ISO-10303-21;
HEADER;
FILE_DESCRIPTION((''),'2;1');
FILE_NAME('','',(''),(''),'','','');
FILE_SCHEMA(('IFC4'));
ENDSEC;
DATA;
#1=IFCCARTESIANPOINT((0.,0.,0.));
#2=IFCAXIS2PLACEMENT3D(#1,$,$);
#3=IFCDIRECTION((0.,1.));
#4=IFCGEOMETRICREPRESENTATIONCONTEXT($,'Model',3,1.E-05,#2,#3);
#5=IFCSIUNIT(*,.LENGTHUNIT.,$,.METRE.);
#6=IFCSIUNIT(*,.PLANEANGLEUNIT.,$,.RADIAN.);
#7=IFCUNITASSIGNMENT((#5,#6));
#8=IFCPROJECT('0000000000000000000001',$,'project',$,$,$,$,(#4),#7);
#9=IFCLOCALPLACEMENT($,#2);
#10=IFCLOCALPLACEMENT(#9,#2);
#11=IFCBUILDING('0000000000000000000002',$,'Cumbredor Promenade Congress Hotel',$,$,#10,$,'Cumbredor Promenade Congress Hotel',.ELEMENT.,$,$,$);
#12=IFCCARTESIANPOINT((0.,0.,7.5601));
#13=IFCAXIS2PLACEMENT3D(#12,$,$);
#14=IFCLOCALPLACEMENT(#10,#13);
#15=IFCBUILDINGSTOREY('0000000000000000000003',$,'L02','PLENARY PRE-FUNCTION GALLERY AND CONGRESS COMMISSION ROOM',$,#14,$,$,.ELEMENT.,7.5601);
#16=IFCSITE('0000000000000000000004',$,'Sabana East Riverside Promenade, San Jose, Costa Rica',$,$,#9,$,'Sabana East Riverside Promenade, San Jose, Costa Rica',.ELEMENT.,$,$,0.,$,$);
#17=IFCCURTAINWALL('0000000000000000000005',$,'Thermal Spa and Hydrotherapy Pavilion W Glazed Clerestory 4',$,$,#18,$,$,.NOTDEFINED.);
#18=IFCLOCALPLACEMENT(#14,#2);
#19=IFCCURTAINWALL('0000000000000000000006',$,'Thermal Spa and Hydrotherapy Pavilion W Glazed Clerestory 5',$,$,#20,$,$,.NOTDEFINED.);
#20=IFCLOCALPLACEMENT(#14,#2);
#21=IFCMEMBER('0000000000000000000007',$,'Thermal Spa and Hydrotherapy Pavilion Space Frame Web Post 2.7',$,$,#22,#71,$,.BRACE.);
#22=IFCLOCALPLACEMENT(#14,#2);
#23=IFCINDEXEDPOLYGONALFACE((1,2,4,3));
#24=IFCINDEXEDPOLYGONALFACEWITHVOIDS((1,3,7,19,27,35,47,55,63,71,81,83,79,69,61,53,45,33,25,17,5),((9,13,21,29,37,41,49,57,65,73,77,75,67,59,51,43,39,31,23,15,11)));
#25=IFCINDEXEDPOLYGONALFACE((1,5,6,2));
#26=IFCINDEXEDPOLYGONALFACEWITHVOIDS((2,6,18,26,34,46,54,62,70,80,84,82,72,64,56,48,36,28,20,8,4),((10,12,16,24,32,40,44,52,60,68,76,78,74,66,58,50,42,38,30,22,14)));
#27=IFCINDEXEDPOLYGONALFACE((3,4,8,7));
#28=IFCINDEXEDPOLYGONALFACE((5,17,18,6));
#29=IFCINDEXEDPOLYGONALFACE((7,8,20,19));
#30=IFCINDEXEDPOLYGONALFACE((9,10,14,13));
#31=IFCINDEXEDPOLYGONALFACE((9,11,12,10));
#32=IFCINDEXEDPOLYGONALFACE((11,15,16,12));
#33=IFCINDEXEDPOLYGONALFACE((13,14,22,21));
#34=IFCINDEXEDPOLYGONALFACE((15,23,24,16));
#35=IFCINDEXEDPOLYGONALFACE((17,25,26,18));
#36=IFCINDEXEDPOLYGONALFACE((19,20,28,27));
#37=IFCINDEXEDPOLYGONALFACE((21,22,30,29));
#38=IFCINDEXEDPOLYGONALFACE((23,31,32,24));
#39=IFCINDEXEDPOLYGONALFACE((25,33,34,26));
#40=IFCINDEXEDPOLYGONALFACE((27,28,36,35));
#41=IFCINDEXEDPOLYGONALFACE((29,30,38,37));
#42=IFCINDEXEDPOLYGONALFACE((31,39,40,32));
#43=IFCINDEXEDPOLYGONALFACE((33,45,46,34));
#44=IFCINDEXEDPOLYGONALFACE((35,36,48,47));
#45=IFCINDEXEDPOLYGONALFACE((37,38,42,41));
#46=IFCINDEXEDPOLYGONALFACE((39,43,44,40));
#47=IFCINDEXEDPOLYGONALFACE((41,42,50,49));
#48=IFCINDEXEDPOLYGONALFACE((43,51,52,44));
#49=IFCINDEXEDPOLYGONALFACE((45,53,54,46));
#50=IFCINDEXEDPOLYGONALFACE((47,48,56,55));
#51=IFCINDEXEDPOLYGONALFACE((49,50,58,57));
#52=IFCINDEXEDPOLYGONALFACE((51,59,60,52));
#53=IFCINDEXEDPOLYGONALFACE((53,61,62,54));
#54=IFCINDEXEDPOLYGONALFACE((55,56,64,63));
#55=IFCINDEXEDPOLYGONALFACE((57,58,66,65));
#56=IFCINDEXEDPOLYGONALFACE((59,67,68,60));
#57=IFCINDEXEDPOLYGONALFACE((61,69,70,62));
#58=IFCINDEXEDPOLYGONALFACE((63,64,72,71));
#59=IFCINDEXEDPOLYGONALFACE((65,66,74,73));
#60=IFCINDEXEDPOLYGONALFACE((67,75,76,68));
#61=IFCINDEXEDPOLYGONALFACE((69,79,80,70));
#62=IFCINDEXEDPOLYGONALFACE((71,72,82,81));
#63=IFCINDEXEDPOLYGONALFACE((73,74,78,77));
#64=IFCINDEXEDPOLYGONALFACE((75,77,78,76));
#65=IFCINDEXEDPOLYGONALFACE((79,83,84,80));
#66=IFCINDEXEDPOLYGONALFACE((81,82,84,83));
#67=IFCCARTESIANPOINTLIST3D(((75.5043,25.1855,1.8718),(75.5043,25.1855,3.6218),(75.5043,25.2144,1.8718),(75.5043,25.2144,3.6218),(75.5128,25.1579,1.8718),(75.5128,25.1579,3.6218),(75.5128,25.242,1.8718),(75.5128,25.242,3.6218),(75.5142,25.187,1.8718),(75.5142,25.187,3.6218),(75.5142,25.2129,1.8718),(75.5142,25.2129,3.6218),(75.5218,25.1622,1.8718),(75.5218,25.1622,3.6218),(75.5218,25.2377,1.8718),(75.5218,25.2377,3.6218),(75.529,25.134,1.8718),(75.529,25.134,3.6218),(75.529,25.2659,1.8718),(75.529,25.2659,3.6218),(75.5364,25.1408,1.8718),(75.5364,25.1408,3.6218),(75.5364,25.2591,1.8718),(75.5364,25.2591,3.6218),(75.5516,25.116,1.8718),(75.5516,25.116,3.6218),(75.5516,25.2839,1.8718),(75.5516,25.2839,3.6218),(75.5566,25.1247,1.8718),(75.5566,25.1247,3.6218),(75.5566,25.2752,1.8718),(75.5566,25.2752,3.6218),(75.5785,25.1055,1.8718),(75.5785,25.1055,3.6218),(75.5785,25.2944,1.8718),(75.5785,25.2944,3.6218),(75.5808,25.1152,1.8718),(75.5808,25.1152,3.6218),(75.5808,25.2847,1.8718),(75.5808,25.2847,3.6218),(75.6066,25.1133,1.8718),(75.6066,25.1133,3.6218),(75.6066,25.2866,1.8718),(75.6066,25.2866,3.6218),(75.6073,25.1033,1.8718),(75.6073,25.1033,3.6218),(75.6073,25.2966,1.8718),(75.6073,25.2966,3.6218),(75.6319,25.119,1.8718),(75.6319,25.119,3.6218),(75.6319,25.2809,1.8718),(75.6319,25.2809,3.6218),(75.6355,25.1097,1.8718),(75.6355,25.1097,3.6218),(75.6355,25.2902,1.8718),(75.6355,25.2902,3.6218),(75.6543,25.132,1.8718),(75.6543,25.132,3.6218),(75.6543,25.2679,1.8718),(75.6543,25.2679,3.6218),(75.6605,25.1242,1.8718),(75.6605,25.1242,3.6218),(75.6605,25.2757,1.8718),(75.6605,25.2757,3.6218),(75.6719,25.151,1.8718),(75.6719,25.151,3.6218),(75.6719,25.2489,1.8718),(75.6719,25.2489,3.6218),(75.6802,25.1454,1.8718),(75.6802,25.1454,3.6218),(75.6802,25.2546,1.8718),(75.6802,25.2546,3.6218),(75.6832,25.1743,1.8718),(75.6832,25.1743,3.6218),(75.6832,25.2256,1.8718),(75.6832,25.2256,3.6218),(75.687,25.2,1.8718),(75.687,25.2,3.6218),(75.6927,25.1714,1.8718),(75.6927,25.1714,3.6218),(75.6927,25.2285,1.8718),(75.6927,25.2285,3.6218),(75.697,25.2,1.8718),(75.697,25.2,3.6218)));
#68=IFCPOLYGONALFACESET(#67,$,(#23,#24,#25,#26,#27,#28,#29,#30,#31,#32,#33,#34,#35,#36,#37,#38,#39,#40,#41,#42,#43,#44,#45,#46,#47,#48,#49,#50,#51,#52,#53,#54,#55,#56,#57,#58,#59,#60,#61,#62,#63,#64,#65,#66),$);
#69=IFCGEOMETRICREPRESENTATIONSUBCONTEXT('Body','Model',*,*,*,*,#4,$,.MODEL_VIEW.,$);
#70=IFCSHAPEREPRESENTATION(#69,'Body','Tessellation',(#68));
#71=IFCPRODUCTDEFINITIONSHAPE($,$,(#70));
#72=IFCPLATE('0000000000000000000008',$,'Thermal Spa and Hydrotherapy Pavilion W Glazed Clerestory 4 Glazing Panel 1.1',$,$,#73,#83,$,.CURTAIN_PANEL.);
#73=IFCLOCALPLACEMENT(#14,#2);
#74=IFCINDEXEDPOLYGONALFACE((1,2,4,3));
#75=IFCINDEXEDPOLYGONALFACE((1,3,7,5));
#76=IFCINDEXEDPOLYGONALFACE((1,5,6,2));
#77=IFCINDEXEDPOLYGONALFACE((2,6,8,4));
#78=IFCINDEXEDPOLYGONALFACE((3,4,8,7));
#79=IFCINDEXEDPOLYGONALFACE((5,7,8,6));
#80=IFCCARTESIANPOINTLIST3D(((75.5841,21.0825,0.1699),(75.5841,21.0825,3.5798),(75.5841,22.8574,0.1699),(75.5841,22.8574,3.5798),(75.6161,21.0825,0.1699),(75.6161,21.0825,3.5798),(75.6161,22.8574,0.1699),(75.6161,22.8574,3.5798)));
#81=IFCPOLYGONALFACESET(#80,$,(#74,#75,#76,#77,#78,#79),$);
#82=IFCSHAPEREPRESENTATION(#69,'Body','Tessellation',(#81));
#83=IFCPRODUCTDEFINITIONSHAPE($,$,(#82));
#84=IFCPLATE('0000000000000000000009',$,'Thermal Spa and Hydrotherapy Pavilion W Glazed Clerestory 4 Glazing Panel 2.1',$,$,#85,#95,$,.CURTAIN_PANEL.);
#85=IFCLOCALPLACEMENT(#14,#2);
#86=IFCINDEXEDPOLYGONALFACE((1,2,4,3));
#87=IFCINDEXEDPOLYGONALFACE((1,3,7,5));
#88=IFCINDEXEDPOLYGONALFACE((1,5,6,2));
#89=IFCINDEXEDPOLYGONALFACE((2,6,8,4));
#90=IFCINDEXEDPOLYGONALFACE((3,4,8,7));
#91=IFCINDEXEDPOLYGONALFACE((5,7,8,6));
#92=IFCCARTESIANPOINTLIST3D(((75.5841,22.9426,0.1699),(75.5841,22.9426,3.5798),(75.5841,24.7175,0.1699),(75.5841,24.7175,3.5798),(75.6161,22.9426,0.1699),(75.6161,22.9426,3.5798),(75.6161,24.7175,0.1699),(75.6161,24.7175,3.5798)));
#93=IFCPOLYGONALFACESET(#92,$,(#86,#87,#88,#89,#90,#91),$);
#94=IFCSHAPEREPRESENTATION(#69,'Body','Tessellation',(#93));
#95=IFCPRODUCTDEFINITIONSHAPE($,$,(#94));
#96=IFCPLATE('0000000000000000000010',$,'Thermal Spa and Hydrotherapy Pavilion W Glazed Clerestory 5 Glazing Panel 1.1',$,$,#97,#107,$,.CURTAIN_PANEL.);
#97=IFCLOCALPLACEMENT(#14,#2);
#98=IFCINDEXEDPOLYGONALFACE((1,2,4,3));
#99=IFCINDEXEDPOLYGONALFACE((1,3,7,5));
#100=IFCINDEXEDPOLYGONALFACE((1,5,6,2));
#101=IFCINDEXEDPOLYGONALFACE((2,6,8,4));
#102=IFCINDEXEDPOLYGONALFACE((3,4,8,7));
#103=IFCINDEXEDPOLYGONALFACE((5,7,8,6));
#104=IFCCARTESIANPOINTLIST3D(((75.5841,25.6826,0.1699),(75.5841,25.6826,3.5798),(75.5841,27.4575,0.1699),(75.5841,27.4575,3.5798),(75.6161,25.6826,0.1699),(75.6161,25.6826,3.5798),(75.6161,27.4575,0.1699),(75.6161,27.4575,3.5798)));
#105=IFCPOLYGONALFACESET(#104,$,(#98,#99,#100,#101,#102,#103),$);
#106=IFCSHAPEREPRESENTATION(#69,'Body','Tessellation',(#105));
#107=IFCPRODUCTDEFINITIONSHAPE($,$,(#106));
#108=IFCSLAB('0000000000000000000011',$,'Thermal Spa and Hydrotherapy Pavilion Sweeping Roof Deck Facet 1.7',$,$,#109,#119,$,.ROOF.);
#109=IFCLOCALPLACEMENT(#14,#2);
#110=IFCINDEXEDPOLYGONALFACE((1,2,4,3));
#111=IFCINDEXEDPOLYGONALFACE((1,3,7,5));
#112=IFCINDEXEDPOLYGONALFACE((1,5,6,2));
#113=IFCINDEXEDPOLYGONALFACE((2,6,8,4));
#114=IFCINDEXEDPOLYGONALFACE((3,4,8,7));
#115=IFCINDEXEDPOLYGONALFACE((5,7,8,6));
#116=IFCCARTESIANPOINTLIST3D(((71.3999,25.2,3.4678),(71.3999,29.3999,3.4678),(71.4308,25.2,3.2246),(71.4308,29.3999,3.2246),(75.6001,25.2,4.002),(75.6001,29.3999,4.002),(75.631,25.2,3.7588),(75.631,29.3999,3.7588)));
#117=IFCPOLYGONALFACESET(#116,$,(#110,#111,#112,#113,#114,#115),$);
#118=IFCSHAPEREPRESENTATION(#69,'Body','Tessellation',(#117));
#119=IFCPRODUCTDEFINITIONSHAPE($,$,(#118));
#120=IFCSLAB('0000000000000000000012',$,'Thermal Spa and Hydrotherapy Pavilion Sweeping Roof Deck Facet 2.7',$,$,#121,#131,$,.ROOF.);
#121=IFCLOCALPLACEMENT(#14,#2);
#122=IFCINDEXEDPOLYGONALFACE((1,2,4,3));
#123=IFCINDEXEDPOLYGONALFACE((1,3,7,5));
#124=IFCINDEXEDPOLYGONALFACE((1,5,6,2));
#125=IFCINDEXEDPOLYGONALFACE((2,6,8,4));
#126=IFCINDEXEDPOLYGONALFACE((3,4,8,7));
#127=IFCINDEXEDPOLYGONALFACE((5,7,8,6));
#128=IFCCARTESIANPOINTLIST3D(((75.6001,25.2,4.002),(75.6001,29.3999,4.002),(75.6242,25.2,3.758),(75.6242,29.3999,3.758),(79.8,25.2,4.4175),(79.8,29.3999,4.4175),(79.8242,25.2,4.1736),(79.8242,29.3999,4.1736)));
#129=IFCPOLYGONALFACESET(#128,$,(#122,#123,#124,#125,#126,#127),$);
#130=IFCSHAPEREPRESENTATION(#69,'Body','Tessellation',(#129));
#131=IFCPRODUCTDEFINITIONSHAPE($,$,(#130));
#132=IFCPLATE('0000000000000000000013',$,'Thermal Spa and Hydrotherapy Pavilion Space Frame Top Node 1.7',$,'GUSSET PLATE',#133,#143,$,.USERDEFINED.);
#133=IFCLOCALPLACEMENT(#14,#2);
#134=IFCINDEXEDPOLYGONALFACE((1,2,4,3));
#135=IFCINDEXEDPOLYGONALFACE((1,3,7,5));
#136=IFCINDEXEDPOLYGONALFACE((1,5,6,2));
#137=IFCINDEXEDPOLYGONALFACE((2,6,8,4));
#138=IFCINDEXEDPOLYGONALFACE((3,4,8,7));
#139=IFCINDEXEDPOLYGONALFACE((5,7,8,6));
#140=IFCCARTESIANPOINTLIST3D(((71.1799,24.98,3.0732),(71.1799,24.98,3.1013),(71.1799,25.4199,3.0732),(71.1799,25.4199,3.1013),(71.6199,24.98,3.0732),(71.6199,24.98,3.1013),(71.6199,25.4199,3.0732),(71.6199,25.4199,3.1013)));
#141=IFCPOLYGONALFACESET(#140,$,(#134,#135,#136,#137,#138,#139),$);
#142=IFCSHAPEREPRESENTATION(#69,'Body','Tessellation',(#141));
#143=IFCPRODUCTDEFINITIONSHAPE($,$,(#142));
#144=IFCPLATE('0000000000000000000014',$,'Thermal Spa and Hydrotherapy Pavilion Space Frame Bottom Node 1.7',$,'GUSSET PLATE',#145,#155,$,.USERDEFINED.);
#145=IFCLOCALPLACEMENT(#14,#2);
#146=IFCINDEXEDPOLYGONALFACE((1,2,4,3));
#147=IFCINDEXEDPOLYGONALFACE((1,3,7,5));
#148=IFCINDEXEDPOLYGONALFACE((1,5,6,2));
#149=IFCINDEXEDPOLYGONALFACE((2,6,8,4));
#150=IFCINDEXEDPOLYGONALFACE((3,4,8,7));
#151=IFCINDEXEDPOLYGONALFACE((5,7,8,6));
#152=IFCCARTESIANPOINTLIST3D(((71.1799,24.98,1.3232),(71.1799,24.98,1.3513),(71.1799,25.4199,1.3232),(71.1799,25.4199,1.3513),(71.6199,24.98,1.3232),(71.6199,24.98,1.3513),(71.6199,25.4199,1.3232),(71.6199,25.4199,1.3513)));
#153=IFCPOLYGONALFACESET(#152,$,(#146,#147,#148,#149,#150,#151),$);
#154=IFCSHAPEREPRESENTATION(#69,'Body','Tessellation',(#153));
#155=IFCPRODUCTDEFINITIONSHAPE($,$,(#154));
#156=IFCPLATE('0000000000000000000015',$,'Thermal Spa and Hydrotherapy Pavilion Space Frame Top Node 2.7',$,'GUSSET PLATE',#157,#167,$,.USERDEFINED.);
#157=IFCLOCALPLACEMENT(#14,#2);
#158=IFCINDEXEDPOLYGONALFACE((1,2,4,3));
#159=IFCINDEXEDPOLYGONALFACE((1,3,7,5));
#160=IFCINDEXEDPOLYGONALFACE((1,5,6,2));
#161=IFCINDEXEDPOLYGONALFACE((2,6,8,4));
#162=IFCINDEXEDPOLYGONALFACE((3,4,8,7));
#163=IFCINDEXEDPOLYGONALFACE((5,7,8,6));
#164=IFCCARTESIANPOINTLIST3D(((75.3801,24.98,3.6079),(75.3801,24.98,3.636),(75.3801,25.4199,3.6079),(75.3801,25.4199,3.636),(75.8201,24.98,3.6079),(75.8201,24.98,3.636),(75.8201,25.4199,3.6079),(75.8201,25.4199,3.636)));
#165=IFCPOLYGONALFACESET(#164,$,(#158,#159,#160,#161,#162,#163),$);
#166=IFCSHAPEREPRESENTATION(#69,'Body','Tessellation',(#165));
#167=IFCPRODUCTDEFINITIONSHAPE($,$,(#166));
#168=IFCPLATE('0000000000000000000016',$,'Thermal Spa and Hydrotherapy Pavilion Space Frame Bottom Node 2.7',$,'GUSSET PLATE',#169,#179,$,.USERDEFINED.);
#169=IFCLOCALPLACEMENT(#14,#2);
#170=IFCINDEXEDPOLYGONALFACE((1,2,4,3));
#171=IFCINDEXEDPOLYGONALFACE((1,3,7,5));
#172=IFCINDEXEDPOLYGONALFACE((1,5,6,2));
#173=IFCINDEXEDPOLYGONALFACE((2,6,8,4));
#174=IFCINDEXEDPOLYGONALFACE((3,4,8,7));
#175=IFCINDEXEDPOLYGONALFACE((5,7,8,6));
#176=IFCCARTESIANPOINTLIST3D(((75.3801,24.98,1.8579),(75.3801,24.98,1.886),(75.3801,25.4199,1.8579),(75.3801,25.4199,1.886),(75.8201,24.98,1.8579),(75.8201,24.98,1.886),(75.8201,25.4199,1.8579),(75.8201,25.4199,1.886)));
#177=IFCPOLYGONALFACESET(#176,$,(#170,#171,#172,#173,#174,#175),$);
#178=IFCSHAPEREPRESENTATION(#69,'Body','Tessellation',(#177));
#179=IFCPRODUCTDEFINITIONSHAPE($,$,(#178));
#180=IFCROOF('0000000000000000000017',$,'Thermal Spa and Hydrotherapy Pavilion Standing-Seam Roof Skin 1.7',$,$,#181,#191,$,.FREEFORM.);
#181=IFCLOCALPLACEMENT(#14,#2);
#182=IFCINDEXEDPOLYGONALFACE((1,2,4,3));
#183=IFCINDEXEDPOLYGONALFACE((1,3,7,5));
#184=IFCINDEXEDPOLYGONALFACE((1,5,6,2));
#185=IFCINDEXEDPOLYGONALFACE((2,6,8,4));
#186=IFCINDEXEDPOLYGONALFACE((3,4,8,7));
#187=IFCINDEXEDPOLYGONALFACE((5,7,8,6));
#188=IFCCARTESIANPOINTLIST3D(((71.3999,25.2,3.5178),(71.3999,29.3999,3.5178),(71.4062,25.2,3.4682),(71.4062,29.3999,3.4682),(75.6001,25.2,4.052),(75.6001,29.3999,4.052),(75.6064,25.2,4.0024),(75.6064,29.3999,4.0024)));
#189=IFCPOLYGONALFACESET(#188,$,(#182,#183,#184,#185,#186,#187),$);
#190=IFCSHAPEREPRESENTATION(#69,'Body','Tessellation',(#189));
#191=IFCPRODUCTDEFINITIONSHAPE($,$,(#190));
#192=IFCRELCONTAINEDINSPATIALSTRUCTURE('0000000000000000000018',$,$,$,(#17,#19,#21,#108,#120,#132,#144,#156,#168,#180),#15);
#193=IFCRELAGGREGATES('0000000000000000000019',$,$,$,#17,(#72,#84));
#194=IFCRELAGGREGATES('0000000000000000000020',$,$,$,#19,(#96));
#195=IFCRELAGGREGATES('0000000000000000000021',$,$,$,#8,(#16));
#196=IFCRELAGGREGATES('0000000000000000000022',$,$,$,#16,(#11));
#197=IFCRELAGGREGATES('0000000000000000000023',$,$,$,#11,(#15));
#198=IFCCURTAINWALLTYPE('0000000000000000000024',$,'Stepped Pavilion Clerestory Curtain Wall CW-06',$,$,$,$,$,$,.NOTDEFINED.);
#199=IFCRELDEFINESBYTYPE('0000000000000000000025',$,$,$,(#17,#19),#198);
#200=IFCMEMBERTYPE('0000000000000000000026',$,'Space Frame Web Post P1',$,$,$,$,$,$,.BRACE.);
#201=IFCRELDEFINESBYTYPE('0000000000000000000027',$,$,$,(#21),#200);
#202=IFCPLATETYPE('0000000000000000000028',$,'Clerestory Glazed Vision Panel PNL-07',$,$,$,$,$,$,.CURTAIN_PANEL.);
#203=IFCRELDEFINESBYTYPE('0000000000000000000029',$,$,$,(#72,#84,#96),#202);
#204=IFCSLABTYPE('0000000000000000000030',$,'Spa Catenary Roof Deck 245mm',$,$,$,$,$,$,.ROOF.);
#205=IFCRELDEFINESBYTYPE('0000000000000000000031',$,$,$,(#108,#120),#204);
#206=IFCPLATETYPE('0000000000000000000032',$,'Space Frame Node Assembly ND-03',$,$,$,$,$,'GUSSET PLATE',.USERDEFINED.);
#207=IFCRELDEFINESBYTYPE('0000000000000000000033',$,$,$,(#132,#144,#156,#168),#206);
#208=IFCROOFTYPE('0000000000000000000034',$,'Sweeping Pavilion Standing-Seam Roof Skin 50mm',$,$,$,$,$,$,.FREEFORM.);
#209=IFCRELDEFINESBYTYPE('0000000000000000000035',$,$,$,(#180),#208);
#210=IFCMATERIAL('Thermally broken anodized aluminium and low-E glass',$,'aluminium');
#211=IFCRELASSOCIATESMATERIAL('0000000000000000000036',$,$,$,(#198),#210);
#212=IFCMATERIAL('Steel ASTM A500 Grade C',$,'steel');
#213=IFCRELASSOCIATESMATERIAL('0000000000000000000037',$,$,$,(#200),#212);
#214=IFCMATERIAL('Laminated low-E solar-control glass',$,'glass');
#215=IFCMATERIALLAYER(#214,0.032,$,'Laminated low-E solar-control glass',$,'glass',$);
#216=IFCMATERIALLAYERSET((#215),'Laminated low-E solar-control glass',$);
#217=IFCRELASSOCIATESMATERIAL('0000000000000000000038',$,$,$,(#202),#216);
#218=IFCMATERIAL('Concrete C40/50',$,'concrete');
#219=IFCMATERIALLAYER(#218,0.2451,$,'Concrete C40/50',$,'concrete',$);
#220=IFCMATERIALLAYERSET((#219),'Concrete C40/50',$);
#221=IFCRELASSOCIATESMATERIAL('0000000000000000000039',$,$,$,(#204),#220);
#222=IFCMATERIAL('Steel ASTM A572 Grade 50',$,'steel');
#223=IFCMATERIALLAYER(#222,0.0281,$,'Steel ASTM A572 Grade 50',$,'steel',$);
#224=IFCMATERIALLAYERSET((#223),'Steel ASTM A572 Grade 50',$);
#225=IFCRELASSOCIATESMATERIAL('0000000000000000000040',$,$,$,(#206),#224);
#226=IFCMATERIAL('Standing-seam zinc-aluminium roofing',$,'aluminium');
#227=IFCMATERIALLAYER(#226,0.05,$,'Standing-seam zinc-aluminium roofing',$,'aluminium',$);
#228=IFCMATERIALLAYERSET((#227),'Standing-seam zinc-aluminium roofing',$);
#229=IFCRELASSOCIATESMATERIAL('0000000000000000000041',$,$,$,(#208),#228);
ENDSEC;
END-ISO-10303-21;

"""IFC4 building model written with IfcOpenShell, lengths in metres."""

from ifc_helpers import new_model, si_unit, direction, frame, origin, origin_2d, place, context, subcontext, project, spatial, polyline, rectangle, hollow_circle, outline, extrude, material, layer, layer_set, material_profile, profile_set, type_object, element, aggregate, save


model = new_model("IFC4")

# Units and contexts
model_context = context("Model", 3, precision=1e-05, world=origin(), true_north=direction((0.0, 1.0)))
body_context = subcontext(model_context, "Body", "Model", "MODEL_VIEW")
ifc_project = project(units=[si_unit("LENGTHUNIT", "METRE"), si_unit("PLANEANGLEUNIT", "RADIAN")], contexts=[model_context])

# Site, building, storey
site_placement = place(None, origin())
site = spatial("IfcSite", under=ifc_project, at=site_placement, Name="Sabana East Riverside Promenade, San Jose, Costa Rica", LongName="Sabana East Riverside Promenade, San Jose, Costa Rica", CompositionType="ELEMENT", RefElevation=0.0)
building_placement = place(site_placement, origin())
building = spatial("IfcBuilding", under=site, at=building_placement, Name="Cumbredor Promenade Congress Hotel", LongName="Cumbredor Promenade Congress Hotel", CompositionType="ELEMENT")
storey_placement = place(building_placement, frame((0.0, 0.0, 7.5601)))
storey = spatial("IfcBuildingStorey", under=building, at=storey_placement, Name="L02", Description="PLENARY PRE-FUNCTION GALLERY AND CONGRESS COMMISSION ROOM", CompositionType="ELEMENT", Elevation=7.5601)

# Curtain walls
ifc_material_1 = material(Name="Thermally broken anodized aluminium and low-E glass", Category="aluminium")
curtain_wall_type = type_object("IfcCurtainWallType", Name="Stepped Pavilion Clerestory Curtain Wall CW-06", PredefinedType="NOTDEFINED", material=ifc_material_1)
curtain_wall_1_placement = place(storey_placement, origin())
curtain_wall_1 = element("IfcCurtainWall", 1, at=curtain_wall_1_placement, inside=storey, type_object=curtain_wall_type, Name="Thermal Spa and Hydrotherapy Pavilion W Glazed Clerestory 4", PredefinedType="NOTDEFINED")
curtain_wall_2_placement = place(storey_placement, origin())
curtain_wall_2 = element("IfcCurtainWall", 2, at=curtain_wall_2_placement, inside=storey, type_object=curtain_wall_type, Name="Thermal Spa and Hydrotherapy Pavilion W Glazed Clerestory 5", PredefinedType="NOTDEFINED")

# Member
ifc_material_2 = material(Name="Steel ASTM A500 Grade C", Category="steel")
ifc_material_profile_1 = material_profile(ifc_material_2, hollow_circle(Radius=0.0969, WallThickness=0.01, at=origin_2d()), Name="CHS 193.7x10")
ifc_profile_set_1 = profile_set([ifc_material_profile_1], Name="Steel ASTM A500 Grade C")
member_type_1 = type_object("IfcMemberType", Name="Space Frame Web Post P1", PredefinedType="BRACE", material=ifc_profile_set_1)
for number, where, z_axis, x_axis, name in (
    (3, (75.6001, 25.2, 1.8718), (0.0, 0.0, 1.0), (1.0, 0.0, 0.0), "Thermal Spa and Hydrotherapy Pavilion Space Frame Web Post 2.7"),
):
    element("IfcMember", number, at=place(storey_placement, frame(where, z_axis=z_axis, x_axis=x_axis)), inside=storey, type_object=member_type_1, Name=name, PredefinedType="BRACE", context=body_context, shape_type="SweptSolid", body=[
        extrude(hollow_circle(Radius=0.0969, WallThickness=0.01, at=origin_2d()), origin(), (0.0, 0.0, 1.0), 1.75),
    ])

# Plates
ifc_material_3 = material(Name="Laminated low-E solar-control glass", Category="glass")
ifc_layer_1 = layer(ifc_material_3, 0.032, Name="Laminated low-E solar-control glass", Category="glass")
ifc_layer_set_1 = layer_set([ifc_layer_1], Name="Laminated low-E solar-control glass")
plate_type_1 = type_object("IfcPlateType", Name="Clerestory Glazed Vision Panel PNL-07", PredefinedType="CURTAIN_PANEL", material=ifc_layer_set_1)
plate_1_placement = place(storey_placement, frame((75.6001, 21.97, 0.1699), z_axis=(0.0, 0.0, 1.0), x_axis=(0.0, 1.0, 0.0)))
plate_1 = element("IfcPlate", 4, at=plate_1_placement, type_object=plate_type_1, Name="Thermal Spa and Hydrotherapy Pavilion W Glazed Clerestory 4 Glazing Panel 1.1", PredefinedType="CURTAIN_PANEL", context=body_context, shape_type="SweptSolid", body=[
    extrude(rectangle(XDim=1.7749, YDim=0.032, at=origin_2d()), origin(), (0.0, 0.0, 1.0), 3.4099),
])
plate_2_placement = place(storey_placement, frame((75.6001, 23.8301, 0.1699), z_axis=(0.0, 0.0, 1.0), x_axis=(0.0, 1.0, 0.0)))
plate_2 = element("IfcPlate", 5, at=plate_2_placement, type_object=plate_type_1, Name="Thermal Spa and Hydrotherapy Pavilion W Glazed Clerestory 4 Glazing Panel 2.1", PredefinedType="CURTAIN_PANEL", context=body_context, shape_type="SweptSolid", body=[
    extrude(rectangle(XDim=1.7749, YDim=0.032, at=origin_2d()), origin(), (0.0, 0.0, 1.0), 3.4099),
])
aggregate(curtain_wall_1, [plate_1, plate_2])
plate_3_placement = place(storey_placement, frame((75.6001, 26.5701, 0.1699), z_axis=(0.0, 0.0, 1.0), x_axis=(0.0, 1.0, 0.0)))
plate_3 = element("IfcPlate", 6, at=plate_3_placement, type_object=plate_type_1, Name="Thermal Spa and Hydrotherapy Pavilion W Glazed Clerestory 5 Glazing Panel 1.1", PredefinedType="CURTAIN_PANEL", context=body_context, shape_type="SweptSolid", body=[
    extrude(rectangle(XDim=1.7749, YDim=0.032, at=origin_2d()), origin(), (0.0, 0.0, 1.0), 3.4099),
])
aggregate(curtain_wall_2, [plate_3])

# Slabs
ifc_material_4 = material(Name="Concrete C40/50", Category="concrete")
ifc_layer_2 = layer(ifc_material_4, 0.2451, Name="Concrete C40/50", Category="concrete")
ifc_layer_set_2 = layer_set([ifc_layer_2], Name="Concrete C40/50")
slab_type = type_object("IfcSlabType", Name="Spa Catenary Roof Deck 245mm", PredefinedType="ROOF", material=ifc_layer_set_2)
slab_1_placement = place(storey_placement, frame((71.3999, 25.2, 3.4678), z_axis=(-0.126163, 0.0, 0.992009), x_axis=(0.992009, 0.0, 0.126163)))
element("IfcSlab", 7, at=slab_1_placement, inside=storey, type_object=slab_type, Name="Thermal Spa and Hydrotherapy Pavilion Sweeping Roof Deck Facet 1.7", PredefinedType="ROOF", context=body_context, shape_type="SweptSolid", body=[
    extrude(outline(polyline([(0.0, 0.0), (4.234, 0.0), (4.234, 4.2), (0.0, 4.2), (0.0, 0.0)])), origin(), (0.0, 0.0, -1.0), 0.2451),
])
slab_2_placement = place(storey_placement, frame((75.6001, 25.2, 4.002), z_axis=(-0.098456, 0.0, 0.995141), x_axis=(0.995141, 0.0, 0.098456)))
element("IfcSlab", 8, at=slab_2_placement, inside=storey, type_object=slab_type, Name="Thermal Spa and Hydrotherapy Pavilion Sweeping Roof Deck Facet 2.7", PredefinedType="ROOF", context=body_context, shape_type="SweptSolid", body=[
    extrude(outline(polyline([(0.0, 0.0), (4.2205, 0.0), (4.2205, 4.2), (0.0, 4.2), (0.0, 0.0)])), origin(), (0.0, 0.0, -1.0), 0.2451),
])

# Plates
ifc_material_5 = material(Name="Steel ASTM A572 Grade 50", Category="steel")
ifc_layer_3 = layer(ifc_material_5, 0.0281, Name="Steel ASTM A572 Grade 50", Category="steel")
ifc_layer_set_3 = layer_set([ifc_layer_3], Name="Steel ASTM A572 Grade 50")
plate_type_2 = type_object("IfcPlateType", Name="Space Frame Node Assembly ND-03", ElementType="GUSSET PLATE", PredefinedType="USERDEFINED", material=ifc_layer_set_3)
for number, where, z_axis, x_axis, name in (
    (9, (71.3999, 25.2, 3.0732), (0.0, 0.0, 1.0), (1.0, 0.0, 0.0), "Thermal Spa and Hydrotherapy Pavilion Space Frame Top Node 1.7"),
    (10, (71.3999, 25.2, 1.3232), (0.0, 0.0, 1.0), (1.0, 0.0, 0.0), "Thermal Spa and Hydrotherapy Pavilion Space Frame Bottom Node 1.7"),
    (11, (75.6001, 25.2, 3.6079), (0.0, 0.0, 1.0), (1.0, 0.0, 0.0), "Thermal Spa and Hydrotherapy Pavilion Space Frame Top Node 2.7"),
    (12, (75.6001, 25.2, 1.8579), (0.0, 0.0, 1.0), (1.0, 0.0, 0.0), "Thermal Spa and Hydrotherapy Pavilion Space Frame Bottom Node 2.7"),
):
    element("IfcPlate", number, at=place(storey_placement, frame(where, z_axis=z_axis, x_axis=x_axis)), inside=storey, type_object=plate_type_2, Name=name, ObjectType="GUSSET PLATE", PredefinedType="USERDEFINED", context=body_context, shape_type="SweptSolid", body=[
        extrude(rectangle(XDim=0.4399, YDim=0.4399, at=origin_2d()), origin(), (0.0, 0.0, 1.0), 0.0281),
    ])

# Roof
ifc_material_6 = material(Name="Standing-seam zinc-aluminium roofing", Category="aluminium")
ifc_layer_4 = layer(ifc_material_6, 0.05, Name="Standing-seam zinc-aluminium roofing", Category="aluminium")
ifc_layer_set_4 = layer_set([ifc_layer_4], Name="Standing-seam zinc-aluminium roofing")
roof_type = type_object("IfcRoofType", Name="Sweeping Pavilion Standing-Seam Roof Skin 50mm", PredefinedType="FREEFORM", material=ifc_layer_set_4)
roof_placement = place(storey_placement, frame((71.3999, 25.2, 3.5178), z_axis=(-0.126163, 0.0, 0.992009), x_axis=(0.992009, 0.0, 0.126163)))
element("IfcRoof", 13, at=roof_placement, inside=storey, type_object=roof_type, Name="Thermal Spa and Hydrotherapy Pavilion Standing-Seam Roof Skin 1.7", PredefinedType="FREEFORM", context=body_context, shape_type="SweptSolid", body=[
    extrude(outline(polyline([(0.0, 0.0), (4.234, 0.0), (4.234, 4.2), (0.0, 4.2), (0.0, 0.0)])), origin(), (0.0, 0.0, -1.0), 0.05),
])

save(model, "model.ifc")
